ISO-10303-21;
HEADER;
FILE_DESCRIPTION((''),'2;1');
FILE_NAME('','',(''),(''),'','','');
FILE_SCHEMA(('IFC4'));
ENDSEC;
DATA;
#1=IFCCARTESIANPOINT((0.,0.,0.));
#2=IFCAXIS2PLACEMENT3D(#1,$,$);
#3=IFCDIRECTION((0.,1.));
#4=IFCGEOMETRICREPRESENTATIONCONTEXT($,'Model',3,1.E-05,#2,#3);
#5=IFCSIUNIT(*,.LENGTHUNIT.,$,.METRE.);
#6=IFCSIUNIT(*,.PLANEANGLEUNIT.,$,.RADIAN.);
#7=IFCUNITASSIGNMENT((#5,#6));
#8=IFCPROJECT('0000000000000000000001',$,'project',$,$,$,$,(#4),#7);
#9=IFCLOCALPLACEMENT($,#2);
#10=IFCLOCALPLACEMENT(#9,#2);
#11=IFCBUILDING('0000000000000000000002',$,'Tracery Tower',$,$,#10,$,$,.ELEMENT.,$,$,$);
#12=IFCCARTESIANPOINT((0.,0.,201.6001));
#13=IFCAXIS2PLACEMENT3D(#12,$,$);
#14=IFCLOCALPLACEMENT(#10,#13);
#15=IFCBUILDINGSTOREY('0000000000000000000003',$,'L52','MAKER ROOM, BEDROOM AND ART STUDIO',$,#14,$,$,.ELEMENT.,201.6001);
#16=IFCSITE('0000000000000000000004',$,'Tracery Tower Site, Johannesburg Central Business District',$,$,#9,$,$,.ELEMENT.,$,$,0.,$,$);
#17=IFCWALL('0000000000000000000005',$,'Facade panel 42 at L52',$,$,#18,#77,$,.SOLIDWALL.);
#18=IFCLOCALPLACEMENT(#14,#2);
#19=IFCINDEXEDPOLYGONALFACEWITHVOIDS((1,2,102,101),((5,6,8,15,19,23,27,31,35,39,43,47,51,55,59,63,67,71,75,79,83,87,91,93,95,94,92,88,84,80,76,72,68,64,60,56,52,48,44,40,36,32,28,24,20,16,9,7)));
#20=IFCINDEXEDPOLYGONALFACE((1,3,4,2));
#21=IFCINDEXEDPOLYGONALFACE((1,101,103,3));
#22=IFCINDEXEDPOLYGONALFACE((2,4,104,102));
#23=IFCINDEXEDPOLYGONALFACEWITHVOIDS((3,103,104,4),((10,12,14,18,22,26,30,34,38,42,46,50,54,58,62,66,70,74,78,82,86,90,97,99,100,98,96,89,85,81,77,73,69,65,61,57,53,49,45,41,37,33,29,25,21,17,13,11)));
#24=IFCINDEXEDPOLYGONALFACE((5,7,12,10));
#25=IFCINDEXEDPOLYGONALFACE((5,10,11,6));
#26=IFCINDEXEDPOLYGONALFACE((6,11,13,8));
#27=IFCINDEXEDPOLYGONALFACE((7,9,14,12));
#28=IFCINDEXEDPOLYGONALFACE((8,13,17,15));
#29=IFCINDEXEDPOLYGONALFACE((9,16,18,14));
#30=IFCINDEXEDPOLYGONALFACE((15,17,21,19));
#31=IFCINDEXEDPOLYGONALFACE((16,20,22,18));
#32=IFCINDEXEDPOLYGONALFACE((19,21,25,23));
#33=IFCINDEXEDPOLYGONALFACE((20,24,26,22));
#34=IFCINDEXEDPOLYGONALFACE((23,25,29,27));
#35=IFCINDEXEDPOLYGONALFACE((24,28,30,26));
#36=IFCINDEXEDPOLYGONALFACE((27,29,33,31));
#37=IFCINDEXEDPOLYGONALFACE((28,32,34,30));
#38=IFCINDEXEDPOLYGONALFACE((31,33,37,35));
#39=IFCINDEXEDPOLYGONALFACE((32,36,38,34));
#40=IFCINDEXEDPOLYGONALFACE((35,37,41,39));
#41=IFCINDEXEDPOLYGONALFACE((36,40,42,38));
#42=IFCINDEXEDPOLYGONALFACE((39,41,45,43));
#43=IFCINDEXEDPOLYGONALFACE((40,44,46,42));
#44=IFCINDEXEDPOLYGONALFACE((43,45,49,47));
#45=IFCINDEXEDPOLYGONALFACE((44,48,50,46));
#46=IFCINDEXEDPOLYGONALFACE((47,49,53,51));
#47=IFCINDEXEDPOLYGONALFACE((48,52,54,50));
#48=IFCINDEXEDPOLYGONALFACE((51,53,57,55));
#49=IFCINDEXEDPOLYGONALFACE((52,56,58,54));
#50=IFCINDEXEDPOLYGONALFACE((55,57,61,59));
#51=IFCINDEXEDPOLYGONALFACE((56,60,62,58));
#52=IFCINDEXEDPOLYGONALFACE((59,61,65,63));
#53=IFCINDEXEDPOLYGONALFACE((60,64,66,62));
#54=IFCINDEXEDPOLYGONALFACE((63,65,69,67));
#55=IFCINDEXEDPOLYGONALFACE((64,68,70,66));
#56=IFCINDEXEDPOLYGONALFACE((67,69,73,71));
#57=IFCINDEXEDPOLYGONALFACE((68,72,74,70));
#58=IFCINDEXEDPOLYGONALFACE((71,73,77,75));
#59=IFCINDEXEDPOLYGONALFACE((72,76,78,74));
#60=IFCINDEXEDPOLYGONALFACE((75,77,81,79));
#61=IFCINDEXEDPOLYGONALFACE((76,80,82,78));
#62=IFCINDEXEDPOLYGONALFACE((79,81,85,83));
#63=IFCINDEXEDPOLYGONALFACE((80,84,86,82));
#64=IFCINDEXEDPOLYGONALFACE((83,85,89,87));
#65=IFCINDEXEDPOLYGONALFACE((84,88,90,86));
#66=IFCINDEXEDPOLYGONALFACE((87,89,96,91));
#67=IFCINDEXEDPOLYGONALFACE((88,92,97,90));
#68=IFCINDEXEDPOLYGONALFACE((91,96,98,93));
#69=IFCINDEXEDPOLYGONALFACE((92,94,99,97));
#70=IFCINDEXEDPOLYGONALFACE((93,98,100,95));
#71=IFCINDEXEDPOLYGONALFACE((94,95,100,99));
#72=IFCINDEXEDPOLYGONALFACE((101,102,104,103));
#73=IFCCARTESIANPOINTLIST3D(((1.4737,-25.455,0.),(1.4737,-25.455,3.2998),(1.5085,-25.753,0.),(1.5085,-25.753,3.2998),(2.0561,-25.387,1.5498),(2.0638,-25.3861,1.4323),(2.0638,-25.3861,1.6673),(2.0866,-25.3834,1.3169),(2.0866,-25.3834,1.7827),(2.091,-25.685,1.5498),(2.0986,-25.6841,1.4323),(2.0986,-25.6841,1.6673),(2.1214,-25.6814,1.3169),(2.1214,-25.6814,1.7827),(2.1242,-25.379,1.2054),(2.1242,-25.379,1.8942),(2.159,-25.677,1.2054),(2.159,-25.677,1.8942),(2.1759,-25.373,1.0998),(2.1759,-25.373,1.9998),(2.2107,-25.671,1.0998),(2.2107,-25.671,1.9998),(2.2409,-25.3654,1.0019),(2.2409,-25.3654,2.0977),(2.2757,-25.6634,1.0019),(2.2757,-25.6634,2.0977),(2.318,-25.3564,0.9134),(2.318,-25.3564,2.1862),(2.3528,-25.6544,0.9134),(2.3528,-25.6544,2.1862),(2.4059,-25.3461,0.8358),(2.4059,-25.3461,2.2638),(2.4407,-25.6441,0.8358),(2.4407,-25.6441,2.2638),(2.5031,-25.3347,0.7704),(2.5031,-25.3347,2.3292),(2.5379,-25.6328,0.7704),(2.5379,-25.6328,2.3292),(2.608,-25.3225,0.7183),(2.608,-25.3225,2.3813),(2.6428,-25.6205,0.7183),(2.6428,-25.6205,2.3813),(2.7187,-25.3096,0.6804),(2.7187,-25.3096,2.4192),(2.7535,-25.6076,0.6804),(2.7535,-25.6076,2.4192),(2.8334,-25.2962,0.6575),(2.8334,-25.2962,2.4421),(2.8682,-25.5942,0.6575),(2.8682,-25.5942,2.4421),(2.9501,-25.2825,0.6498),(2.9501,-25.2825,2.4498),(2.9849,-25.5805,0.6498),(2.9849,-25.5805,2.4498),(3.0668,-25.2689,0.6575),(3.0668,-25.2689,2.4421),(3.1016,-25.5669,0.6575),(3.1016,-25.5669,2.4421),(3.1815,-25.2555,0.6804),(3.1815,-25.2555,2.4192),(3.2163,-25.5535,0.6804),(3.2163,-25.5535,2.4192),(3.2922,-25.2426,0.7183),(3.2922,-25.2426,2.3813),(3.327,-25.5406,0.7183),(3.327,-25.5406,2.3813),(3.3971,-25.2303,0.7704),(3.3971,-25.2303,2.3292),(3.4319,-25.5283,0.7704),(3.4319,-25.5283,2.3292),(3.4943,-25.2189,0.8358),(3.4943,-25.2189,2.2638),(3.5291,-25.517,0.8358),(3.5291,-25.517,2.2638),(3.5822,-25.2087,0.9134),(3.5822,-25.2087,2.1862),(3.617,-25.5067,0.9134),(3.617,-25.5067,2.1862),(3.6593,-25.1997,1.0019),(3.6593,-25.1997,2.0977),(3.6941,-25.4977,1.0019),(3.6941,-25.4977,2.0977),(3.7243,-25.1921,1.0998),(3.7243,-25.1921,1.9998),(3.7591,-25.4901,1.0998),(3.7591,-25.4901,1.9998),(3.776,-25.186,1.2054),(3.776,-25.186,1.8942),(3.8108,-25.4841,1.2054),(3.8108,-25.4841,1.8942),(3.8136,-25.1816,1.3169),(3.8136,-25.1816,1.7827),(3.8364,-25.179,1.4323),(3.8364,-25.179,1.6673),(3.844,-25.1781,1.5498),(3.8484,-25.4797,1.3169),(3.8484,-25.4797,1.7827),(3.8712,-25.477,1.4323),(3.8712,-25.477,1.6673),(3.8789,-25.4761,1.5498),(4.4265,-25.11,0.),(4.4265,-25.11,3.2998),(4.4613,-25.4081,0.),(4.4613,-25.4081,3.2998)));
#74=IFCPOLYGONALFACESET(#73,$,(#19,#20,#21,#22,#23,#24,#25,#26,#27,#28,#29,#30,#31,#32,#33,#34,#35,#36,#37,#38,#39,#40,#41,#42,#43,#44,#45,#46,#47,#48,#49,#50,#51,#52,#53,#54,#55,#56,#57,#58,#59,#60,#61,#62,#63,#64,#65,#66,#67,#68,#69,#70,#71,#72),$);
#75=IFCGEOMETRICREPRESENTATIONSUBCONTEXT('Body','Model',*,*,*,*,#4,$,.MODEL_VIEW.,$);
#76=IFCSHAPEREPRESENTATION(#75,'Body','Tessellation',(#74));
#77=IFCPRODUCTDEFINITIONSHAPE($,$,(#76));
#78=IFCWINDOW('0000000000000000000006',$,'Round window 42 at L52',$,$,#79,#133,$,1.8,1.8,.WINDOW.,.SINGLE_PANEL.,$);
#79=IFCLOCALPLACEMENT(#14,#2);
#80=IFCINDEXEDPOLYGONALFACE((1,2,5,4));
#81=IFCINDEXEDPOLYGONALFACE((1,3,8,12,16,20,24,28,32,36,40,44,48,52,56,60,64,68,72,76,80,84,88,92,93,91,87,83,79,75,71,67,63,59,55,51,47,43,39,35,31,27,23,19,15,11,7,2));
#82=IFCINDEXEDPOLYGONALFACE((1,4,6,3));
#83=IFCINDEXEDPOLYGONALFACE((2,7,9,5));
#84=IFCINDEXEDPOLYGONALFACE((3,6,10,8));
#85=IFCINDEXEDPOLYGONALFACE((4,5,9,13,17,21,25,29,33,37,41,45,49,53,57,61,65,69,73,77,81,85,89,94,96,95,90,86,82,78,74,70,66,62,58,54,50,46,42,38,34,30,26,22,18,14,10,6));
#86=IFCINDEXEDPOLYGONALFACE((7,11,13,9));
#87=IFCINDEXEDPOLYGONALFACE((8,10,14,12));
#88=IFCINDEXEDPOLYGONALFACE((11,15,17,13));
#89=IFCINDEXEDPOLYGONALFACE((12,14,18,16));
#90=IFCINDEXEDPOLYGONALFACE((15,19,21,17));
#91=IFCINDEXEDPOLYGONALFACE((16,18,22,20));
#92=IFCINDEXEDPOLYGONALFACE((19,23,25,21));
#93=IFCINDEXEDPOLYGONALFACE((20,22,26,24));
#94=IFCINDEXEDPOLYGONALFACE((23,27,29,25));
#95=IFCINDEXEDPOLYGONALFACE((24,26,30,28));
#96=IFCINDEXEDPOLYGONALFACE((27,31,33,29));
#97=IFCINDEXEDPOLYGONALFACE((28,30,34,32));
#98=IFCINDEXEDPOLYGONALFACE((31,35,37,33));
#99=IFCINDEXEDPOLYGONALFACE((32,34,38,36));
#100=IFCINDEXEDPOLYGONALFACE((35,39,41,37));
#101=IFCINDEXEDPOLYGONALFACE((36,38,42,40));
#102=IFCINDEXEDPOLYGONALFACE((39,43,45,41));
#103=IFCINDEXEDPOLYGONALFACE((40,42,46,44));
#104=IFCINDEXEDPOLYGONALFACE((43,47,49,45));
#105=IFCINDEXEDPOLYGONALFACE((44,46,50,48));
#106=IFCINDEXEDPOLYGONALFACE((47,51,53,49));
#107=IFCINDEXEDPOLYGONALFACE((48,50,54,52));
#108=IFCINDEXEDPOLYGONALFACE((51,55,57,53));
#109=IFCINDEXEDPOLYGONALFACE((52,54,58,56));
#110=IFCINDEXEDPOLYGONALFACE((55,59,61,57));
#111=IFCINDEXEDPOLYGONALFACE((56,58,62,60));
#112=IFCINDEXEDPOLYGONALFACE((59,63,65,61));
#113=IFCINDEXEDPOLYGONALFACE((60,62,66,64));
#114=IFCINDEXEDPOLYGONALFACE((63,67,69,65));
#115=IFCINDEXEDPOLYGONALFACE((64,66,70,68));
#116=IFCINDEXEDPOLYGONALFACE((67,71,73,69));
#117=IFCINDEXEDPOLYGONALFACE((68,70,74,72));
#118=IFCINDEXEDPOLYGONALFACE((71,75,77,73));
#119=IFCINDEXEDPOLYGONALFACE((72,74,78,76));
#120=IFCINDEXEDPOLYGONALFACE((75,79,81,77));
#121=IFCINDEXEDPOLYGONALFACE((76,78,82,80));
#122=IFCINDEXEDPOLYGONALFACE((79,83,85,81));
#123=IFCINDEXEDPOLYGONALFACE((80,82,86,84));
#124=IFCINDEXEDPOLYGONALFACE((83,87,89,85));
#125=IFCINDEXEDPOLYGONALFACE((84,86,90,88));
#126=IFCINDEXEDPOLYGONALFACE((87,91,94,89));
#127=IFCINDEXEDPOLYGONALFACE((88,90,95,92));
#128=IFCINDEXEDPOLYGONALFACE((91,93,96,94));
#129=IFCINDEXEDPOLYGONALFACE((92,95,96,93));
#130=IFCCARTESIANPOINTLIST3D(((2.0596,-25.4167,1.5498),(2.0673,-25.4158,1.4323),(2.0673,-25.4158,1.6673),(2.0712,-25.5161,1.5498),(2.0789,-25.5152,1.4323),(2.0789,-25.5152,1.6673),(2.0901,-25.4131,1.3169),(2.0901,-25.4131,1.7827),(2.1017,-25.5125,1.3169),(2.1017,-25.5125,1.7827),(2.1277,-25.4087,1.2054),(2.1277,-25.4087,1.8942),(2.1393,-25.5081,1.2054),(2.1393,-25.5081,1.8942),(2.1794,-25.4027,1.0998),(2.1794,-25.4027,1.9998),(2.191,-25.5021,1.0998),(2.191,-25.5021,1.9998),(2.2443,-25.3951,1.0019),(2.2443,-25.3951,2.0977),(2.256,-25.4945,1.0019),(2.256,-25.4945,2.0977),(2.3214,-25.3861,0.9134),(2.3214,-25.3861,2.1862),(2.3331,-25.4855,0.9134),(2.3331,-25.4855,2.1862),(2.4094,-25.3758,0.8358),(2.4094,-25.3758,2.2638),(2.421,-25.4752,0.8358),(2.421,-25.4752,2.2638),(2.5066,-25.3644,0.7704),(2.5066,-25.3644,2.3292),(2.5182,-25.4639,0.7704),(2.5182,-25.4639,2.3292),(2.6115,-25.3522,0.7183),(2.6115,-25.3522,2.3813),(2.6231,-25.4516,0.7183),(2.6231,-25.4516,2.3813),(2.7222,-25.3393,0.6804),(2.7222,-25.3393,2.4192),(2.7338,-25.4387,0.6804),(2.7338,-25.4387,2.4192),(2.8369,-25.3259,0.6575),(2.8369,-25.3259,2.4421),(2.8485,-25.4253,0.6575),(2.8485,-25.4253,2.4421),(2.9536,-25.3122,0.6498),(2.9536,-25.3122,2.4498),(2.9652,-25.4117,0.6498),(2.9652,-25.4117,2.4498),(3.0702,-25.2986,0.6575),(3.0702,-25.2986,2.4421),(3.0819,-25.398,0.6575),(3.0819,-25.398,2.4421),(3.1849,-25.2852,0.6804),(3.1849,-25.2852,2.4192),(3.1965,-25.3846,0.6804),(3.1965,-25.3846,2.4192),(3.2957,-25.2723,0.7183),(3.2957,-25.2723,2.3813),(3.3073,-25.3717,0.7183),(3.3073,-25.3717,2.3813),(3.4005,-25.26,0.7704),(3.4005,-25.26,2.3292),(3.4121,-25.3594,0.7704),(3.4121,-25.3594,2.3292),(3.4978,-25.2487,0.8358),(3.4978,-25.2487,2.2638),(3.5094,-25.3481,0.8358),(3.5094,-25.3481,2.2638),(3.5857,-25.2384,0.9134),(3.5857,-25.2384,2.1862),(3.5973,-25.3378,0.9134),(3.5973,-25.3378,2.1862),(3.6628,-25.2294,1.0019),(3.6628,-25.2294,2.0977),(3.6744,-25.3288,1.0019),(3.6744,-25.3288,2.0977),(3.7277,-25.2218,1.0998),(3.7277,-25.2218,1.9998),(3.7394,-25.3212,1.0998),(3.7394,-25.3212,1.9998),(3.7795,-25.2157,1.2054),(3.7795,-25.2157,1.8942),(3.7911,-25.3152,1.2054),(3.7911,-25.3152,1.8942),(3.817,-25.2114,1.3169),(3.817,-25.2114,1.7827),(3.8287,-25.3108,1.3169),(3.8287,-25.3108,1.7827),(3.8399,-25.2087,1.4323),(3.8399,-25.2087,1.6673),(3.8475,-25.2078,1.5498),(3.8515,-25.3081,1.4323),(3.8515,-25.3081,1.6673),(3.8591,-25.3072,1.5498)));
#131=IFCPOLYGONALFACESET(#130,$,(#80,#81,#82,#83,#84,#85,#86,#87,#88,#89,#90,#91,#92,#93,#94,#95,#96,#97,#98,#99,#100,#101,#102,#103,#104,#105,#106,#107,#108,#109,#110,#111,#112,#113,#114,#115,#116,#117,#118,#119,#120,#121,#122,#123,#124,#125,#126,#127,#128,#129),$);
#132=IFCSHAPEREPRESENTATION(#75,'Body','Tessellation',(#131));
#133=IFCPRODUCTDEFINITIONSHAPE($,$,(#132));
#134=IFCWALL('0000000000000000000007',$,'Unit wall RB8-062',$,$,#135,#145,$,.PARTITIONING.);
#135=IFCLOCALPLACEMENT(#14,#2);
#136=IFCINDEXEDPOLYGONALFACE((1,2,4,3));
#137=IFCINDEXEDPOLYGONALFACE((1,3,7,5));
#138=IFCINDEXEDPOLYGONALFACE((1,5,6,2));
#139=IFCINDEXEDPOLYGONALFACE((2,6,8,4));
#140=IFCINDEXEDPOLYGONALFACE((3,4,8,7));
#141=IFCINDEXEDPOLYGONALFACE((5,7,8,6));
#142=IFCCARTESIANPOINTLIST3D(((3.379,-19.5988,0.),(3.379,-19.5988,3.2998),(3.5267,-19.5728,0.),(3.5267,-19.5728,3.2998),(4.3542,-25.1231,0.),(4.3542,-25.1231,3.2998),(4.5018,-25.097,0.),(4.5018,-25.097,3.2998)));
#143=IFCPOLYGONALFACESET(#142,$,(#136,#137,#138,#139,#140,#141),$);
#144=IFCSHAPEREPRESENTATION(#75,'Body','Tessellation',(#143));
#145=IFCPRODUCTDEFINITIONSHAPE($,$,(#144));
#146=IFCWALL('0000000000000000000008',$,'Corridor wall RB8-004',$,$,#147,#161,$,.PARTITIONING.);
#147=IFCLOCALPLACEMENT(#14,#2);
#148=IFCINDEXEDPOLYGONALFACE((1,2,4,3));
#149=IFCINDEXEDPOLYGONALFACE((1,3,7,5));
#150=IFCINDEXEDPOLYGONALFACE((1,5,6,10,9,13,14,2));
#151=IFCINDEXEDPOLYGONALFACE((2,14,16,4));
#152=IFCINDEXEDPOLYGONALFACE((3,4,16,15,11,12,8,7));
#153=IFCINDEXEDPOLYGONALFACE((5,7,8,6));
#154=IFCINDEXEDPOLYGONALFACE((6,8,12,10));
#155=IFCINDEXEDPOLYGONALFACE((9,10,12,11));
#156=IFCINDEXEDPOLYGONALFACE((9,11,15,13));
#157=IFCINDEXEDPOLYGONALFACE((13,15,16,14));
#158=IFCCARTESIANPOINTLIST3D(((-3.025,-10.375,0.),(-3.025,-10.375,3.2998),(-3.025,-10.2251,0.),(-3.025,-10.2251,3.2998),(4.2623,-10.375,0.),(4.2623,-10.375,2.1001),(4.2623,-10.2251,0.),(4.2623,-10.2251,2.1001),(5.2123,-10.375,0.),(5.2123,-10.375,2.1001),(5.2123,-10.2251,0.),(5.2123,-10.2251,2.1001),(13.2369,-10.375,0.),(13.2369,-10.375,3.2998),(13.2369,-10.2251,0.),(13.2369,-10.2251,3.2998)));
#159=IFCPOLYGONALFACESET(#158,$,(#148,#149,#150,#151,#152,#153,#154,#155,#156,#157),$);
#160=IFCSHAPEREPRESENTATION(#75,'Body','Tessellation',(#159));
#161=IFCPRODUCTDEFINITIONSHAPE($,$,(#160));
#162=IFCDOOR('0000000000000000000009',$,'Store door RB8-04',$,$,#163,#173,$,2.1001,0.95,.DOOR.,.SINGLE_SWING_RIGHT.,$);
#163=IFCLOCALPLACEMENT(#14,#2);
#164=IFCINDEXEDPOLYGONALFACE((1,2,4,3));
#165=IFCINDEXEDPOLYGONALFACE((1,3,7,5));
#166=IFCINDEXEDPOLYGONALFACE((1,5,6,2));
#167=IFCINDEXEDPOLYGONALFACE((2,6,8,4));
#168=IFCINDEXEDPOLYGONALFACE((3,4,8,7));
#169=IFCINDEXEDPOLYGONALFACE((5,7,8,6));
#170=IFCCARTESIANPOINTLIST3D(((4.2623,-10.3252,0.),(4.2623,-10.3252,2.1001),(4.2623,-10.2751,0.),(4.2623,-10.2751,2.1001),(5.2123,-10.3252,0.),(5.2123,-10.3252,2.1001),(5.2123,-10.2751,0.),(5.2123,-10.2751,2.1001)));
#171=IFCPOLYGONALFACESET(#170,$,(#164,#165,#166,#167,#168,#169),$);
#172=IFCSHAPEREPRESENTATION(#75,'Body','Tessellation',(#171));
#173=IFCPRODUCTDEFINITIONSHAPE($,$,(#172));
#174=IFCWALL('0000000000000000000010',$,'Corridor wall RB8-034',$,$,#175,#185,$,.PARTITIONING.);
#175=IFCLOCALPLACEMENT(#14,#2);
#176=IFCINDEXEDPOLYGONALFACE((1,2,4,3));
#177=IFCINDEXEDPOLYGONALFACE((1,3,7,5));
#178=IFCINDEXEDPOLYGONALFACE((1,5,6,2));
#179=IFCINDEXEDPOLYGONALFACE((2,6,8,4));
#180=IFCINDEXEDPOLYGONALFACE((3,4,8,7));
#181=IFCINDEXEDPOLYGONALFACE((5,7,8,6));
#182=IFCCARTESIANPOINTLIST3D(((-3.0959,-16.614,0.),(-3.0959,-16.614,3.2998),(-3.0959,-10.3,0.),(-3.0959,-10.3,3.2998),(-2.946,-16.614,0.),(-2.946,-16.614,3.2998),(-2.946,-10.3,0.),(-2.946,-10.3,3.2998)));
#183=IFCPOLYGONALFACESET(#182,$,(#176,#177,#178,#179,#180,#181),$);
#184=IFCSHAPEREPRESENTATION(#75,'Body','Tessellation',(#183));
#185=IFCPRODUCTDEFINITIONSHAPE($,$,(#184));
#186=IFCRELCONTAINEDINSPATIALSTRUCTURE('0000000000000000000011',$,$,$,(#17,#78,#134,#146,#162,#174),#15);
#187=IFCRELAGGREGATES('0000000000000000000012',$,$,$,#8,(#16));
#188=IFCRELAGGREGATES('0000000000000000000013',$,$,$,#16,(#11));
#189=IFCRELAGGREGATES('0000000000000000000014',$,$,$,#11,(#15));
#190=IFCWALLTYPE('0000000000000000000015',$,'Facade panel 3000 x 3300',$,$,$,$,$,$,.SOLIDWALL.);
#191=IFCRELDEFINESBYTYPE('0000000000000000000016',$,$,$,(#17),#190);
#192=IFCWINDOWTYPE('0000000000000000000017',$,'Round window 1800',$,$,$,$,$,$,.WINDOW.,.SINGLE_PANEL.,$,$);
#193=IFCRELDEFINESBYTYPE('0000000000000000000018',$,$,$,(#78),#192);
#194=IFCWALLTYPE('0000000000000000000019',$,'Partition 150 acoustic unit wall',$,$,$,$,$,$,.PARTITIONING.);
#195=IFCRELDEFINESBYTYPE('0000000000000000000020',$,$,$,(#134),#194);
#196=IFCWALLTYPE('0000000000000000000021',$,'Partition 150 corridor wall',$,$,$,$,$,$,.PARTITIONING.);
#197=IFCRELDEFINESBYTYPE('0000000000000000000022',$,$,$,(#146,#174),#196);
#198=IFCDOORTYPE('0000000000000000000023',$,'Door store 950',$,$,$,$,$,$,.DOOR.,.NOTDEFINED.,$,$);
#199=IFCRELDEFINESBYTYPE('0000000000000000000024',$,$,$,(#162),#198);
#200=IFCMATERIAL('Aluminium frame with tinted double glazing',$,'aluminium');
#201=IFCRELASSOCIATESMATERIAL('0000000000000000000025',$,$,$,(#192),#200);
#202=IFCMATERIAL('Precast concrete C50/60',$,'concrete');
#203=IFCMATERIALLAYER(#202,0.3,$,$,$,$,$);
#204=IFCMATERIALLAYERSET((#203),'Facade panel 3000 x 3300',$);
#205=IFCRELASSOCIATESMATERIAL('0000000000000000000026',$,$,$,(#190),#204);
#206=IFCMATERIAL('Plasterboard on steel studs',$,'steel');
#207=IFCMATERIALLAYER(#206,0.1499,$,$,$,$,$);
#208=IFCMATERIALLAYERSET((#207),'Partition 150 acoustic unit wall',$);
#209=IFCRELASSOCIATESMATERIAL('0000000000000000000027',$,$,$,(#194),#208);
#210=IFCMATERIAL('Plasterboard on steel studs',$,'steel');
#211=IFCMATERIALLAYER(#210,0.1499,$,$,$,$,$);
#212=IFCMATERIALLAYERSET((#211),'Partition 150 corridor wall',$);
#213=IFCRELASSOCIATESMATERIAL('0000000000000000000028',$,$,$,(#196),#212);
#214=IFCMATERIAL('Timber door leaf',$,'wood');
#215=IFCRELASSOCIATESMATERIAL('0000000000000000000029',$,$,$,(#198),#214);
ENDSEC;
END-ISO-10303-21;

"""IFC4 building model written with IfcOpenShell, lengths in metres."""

from ifc_helpers import new_model, si_unit, direction, frame, frame_2d, origin, origin_2d, place, context, subcontext, project, spatial, rectangle, circle, extrude, material, layer, layer_set, type_object, element, fill, save


model = new_model("IFC4")

# Units and contexts
model_context = context("Model", 3, precision=1e-05, world=origin(), true_north=direction((0.0, 1.0)))
body_context = subcontext(model_context, "Body", "Model", "MODEL_VIEW")
ifc_project = project(units=[si_unit("LENGTHUNIT", "METRE"), si_unit("PLANEANGLEUNIT", "RADIAN")], contexts=[model_context])

# Site, building, storey
site_placement = place(None, origin())
site = spatial("IfcSite", under=ifc_project, at=site_placement, Name="Tracery Tower Site, Johannesburg Central Business District", CompositionType="ELEMENT", RefElevation=0.0)
building_placement = place(site_placement, origin())
building = spatial("IfcBuilding", under=site, at=building_placement, Name="Tracery Tower", CompositionType="ELEMENT")
storey_placement = place(building_placement, frame((0.0, 0.0, 201.6001)))
storey = spatial("IfcBuildingStorey", under=building, at=storey_placement, Name="L52", Description="MAKER ROOM, BEDROOM AND ART STUDIO", CompositionType="ELEMENT", Elevation=201.6001)

# Wall, opening, window
ifc_material_1 = material(Name="Aluminium frame with tinted double glazing", Category="aluminium")
window_type = type_object("IfcWindowType", Name="Round window 1800", PartitioningType="SINGLE_PANEL", PredefinedType="WINDOW", material=ifc_material_1)
ifc_material_2 = material(Name="Precast concrete C50/60", Category="concrete")
ifc_layer_1 = layer(ifc_material_2, 0.3)
ifc_layer_set_1 = layer_set([ifc_layer_1], Name="Facade panel 3000 x 3300")
wall_type_1 = type_object("IfcWallType", Name="Facade panel 3000 x 3300", PredefinedType="SOLIDWALL", material=ifc_layer_set_1)
wall_1_placement = place(storey_placement, frame((1.4912, -25.604, 0.0), z_axis=(0.0, 0.0, 1.0), x_axis=(0.993245, 0.116036, 0.0)))
wall_1 = element("IfcWall", 1, at=wall_1_placement, inside=storey, type_object=wall_type_1, Name="Facade panel 42 at L52", PredefinedType="SOLIDWALL", context=body_context, shape_type="SweptSolid", body=[
    extrude(rectangle(XDim=2.9729, YDim=0.3, at=frame_2d((1.4863, 0.0))), origin(), (0.0, 0.0, 1.0), 3.2998),
])
opening_1_placement = place(wall_1_placement, frame((1.4863, 0.0, 1.5498)))
opening_1 = element("IfcOpeningElement", 2, at=opening_1_placement, cuts=wall_1, PredefinedType="OPENING", context=body_context, shape_type="SweptSolid", body=[
    extrude(circle(Radius=0.9, at=origin_2d()), frame((0.0, 0.1599, 0.0), z_axis=(0.0, -1.0, 0.0), x_axis=(1.0, 0.0, 0.0)), (0.0, 0.0, 1.0), 0.3201),
])
window_1_placement = place(opening_1_placement, origin())
window_1 = element("IfcWindow", 3, at=window_1_placement, inside=storey, type_object=window_type, Name="Round window 42 at L52", OverallHeight=1.8, OverallWidth=1.8, PartitioningType="SINGLE_PANEL", PredefinedType="WINDOW", context=body_context, shape_type="SweptSolid", body=[
    extrude(circle(Radius=0.9, at=origin_2d()), frame((0.0, 0.1201, 0.0), z_axis=(0.0, -1.0, 0.0), x_axis=(1.0, 0.0, 0.0)), (0.0, 0.0, 1.0), 0.1001),
])
fill(opening_1, window_1)

# Wall
ifc_material_3 = material(Name="Plasterboard on steel studs", Category="steel")
ifc_layer_2 = layer(ifc_material_3, 0.1499)
ifc_layer_set_2 = layer_set([ifc_layer_2], Name="Partition 150 acoustic unit wall")
wall_type_2 = type_object("IfcWallType", Name="Partition 150 acoustic unit wall", PredefinedType="PARTITIONING", material=ifc_layer_set_2)
wall_2_placement = place(storey_placement, frame((3.4529, -19.5859, 0.0), z_axis=(0.0, 0.0, 1.0), x_axis=(0.173828, -0.984776, 0.0)))
element("IfcWall", 4, at=wall_2_placement, inside=storey, type_object=wall_type_2, Name="Unit wall RB8-062", PredefinedType="PARTITIONING", context=body_context, shape_type="SweptSolid", body=[
    extrude(rectangle(XDim=5.6096, YDim=0.1499, at=frame_2d((2.8047, 0.0))), origin(), (0.0, 0.0, 1.0), 3.2998),
])

# Wall, opening, door
ifc_material_4 = material(Name="Plasterboard on steel studs", Category="steel")
ifc_layer_3 = layer(ifc_material_4, 0.1499)
ifc_layer_set_3 = layer_set([ifc_layer_3], Name="Partition 150 corridor wall")
wall_type_3 = type_object("IfcWallType", Name="Partition 150 corridor wall", PredefinedType="PARTITIONING", material=ifc_layer_set_3)
wall_3_placement = place(storey_placement, frame((-3.0249, -10.3, 0.0), z_axis=(0.0, 0.0, 1.0), x_axis=(1.0, 0.0, 0.0)))
wall_3 = element("IfcWall", 5, at=wall_3_placement, inside=storey, type_object=wall_type_3, Name="Corridor wall RB8-004", PredefinedType="PARTITIONING", context=body_context, shape_type="SweptSolid", body=[
    extrude(rectangle(XDim=16.262, YDim=0.1499, at=frame_2d((8.1309, 0.0))), origin(), (0.0, 0.0, 1.0), 3.2998),
])
opening_2_placement = place(wall_3_placement, frame((7.2871, 0.0, 0.0)))
opening_2 = element("IfcOpeningElement", 6, at=opening_2_placement, cuts=wall_3, PredefinedType="OPENING", context=body_context, shape_type="SweptSolid", body=[
    extrude(rectangle(XDim=0.95, YDim=2.1001, at=frame_2d((0.4751, 1.05))), frame((0.0, 0.075, 0.0), z_axis=(0.0, -1.0, 0.0), x_axis=(1.0, 0.0, 0.0)), (0.0, 0.0, 1.0), 0.1499),
])
ifc_material_5 = material(Name="Timber door leaf", Category="wood")
door_type_1 = type_object("IfcDoorType", Name="Door store 950", OperationType="NOTDEFINED", PredefinedType="DOOR", material=ifc_material_5)
door_1_placement = place(opening_2_placement, origin())
door_1 = element("IfcDoor", 7, at=door_1_placement, inside=storey, type_object=door_type_1, Name="Store door RB8-04", OperationType="SINGLE_SWING_RIGHT", OverallHeight=2.1001, OverallWidth=0.95, PredefinedType="DOOR", context=body_context, shape_type="SweptSolid", body=[
    extrude(rectangle(XDim=0.95, YDim=2.1001, at=frame_2d((0.4751, 1.05))), frame((0.0, 0.0249, 0.0), z_axis=(0.0, -1.0, 0.0), x_axis=(1.0, 0.0, 0.0)), (0.0, 0.0, 1.0), 0.05),
])
fill(opening_2, door_1)

# Wall
wall_4_placement = place(storey_placement, frame((-3.021, -16.614, 0.0), z_axis=(0.0, 0.0, 1.0), x_axis=(0.0, 1.0, 0.0)))
element("IfcWall", 8, at=wall_4_placement, inside=storey, type_object=wall_type_3, Name="Corridor wall RB8-034", PredefinedType="PARTITIONING", context=body_context, shape_type="SweptSolid", body=[
    extrude(rectangle(XDim=6.314, YDim=0.1499, at=frame_2d((3.157, 0.0))), origin(), (0.0, 0.0, 1.0), 3.2998),
])

save(model, "model.ifc")
